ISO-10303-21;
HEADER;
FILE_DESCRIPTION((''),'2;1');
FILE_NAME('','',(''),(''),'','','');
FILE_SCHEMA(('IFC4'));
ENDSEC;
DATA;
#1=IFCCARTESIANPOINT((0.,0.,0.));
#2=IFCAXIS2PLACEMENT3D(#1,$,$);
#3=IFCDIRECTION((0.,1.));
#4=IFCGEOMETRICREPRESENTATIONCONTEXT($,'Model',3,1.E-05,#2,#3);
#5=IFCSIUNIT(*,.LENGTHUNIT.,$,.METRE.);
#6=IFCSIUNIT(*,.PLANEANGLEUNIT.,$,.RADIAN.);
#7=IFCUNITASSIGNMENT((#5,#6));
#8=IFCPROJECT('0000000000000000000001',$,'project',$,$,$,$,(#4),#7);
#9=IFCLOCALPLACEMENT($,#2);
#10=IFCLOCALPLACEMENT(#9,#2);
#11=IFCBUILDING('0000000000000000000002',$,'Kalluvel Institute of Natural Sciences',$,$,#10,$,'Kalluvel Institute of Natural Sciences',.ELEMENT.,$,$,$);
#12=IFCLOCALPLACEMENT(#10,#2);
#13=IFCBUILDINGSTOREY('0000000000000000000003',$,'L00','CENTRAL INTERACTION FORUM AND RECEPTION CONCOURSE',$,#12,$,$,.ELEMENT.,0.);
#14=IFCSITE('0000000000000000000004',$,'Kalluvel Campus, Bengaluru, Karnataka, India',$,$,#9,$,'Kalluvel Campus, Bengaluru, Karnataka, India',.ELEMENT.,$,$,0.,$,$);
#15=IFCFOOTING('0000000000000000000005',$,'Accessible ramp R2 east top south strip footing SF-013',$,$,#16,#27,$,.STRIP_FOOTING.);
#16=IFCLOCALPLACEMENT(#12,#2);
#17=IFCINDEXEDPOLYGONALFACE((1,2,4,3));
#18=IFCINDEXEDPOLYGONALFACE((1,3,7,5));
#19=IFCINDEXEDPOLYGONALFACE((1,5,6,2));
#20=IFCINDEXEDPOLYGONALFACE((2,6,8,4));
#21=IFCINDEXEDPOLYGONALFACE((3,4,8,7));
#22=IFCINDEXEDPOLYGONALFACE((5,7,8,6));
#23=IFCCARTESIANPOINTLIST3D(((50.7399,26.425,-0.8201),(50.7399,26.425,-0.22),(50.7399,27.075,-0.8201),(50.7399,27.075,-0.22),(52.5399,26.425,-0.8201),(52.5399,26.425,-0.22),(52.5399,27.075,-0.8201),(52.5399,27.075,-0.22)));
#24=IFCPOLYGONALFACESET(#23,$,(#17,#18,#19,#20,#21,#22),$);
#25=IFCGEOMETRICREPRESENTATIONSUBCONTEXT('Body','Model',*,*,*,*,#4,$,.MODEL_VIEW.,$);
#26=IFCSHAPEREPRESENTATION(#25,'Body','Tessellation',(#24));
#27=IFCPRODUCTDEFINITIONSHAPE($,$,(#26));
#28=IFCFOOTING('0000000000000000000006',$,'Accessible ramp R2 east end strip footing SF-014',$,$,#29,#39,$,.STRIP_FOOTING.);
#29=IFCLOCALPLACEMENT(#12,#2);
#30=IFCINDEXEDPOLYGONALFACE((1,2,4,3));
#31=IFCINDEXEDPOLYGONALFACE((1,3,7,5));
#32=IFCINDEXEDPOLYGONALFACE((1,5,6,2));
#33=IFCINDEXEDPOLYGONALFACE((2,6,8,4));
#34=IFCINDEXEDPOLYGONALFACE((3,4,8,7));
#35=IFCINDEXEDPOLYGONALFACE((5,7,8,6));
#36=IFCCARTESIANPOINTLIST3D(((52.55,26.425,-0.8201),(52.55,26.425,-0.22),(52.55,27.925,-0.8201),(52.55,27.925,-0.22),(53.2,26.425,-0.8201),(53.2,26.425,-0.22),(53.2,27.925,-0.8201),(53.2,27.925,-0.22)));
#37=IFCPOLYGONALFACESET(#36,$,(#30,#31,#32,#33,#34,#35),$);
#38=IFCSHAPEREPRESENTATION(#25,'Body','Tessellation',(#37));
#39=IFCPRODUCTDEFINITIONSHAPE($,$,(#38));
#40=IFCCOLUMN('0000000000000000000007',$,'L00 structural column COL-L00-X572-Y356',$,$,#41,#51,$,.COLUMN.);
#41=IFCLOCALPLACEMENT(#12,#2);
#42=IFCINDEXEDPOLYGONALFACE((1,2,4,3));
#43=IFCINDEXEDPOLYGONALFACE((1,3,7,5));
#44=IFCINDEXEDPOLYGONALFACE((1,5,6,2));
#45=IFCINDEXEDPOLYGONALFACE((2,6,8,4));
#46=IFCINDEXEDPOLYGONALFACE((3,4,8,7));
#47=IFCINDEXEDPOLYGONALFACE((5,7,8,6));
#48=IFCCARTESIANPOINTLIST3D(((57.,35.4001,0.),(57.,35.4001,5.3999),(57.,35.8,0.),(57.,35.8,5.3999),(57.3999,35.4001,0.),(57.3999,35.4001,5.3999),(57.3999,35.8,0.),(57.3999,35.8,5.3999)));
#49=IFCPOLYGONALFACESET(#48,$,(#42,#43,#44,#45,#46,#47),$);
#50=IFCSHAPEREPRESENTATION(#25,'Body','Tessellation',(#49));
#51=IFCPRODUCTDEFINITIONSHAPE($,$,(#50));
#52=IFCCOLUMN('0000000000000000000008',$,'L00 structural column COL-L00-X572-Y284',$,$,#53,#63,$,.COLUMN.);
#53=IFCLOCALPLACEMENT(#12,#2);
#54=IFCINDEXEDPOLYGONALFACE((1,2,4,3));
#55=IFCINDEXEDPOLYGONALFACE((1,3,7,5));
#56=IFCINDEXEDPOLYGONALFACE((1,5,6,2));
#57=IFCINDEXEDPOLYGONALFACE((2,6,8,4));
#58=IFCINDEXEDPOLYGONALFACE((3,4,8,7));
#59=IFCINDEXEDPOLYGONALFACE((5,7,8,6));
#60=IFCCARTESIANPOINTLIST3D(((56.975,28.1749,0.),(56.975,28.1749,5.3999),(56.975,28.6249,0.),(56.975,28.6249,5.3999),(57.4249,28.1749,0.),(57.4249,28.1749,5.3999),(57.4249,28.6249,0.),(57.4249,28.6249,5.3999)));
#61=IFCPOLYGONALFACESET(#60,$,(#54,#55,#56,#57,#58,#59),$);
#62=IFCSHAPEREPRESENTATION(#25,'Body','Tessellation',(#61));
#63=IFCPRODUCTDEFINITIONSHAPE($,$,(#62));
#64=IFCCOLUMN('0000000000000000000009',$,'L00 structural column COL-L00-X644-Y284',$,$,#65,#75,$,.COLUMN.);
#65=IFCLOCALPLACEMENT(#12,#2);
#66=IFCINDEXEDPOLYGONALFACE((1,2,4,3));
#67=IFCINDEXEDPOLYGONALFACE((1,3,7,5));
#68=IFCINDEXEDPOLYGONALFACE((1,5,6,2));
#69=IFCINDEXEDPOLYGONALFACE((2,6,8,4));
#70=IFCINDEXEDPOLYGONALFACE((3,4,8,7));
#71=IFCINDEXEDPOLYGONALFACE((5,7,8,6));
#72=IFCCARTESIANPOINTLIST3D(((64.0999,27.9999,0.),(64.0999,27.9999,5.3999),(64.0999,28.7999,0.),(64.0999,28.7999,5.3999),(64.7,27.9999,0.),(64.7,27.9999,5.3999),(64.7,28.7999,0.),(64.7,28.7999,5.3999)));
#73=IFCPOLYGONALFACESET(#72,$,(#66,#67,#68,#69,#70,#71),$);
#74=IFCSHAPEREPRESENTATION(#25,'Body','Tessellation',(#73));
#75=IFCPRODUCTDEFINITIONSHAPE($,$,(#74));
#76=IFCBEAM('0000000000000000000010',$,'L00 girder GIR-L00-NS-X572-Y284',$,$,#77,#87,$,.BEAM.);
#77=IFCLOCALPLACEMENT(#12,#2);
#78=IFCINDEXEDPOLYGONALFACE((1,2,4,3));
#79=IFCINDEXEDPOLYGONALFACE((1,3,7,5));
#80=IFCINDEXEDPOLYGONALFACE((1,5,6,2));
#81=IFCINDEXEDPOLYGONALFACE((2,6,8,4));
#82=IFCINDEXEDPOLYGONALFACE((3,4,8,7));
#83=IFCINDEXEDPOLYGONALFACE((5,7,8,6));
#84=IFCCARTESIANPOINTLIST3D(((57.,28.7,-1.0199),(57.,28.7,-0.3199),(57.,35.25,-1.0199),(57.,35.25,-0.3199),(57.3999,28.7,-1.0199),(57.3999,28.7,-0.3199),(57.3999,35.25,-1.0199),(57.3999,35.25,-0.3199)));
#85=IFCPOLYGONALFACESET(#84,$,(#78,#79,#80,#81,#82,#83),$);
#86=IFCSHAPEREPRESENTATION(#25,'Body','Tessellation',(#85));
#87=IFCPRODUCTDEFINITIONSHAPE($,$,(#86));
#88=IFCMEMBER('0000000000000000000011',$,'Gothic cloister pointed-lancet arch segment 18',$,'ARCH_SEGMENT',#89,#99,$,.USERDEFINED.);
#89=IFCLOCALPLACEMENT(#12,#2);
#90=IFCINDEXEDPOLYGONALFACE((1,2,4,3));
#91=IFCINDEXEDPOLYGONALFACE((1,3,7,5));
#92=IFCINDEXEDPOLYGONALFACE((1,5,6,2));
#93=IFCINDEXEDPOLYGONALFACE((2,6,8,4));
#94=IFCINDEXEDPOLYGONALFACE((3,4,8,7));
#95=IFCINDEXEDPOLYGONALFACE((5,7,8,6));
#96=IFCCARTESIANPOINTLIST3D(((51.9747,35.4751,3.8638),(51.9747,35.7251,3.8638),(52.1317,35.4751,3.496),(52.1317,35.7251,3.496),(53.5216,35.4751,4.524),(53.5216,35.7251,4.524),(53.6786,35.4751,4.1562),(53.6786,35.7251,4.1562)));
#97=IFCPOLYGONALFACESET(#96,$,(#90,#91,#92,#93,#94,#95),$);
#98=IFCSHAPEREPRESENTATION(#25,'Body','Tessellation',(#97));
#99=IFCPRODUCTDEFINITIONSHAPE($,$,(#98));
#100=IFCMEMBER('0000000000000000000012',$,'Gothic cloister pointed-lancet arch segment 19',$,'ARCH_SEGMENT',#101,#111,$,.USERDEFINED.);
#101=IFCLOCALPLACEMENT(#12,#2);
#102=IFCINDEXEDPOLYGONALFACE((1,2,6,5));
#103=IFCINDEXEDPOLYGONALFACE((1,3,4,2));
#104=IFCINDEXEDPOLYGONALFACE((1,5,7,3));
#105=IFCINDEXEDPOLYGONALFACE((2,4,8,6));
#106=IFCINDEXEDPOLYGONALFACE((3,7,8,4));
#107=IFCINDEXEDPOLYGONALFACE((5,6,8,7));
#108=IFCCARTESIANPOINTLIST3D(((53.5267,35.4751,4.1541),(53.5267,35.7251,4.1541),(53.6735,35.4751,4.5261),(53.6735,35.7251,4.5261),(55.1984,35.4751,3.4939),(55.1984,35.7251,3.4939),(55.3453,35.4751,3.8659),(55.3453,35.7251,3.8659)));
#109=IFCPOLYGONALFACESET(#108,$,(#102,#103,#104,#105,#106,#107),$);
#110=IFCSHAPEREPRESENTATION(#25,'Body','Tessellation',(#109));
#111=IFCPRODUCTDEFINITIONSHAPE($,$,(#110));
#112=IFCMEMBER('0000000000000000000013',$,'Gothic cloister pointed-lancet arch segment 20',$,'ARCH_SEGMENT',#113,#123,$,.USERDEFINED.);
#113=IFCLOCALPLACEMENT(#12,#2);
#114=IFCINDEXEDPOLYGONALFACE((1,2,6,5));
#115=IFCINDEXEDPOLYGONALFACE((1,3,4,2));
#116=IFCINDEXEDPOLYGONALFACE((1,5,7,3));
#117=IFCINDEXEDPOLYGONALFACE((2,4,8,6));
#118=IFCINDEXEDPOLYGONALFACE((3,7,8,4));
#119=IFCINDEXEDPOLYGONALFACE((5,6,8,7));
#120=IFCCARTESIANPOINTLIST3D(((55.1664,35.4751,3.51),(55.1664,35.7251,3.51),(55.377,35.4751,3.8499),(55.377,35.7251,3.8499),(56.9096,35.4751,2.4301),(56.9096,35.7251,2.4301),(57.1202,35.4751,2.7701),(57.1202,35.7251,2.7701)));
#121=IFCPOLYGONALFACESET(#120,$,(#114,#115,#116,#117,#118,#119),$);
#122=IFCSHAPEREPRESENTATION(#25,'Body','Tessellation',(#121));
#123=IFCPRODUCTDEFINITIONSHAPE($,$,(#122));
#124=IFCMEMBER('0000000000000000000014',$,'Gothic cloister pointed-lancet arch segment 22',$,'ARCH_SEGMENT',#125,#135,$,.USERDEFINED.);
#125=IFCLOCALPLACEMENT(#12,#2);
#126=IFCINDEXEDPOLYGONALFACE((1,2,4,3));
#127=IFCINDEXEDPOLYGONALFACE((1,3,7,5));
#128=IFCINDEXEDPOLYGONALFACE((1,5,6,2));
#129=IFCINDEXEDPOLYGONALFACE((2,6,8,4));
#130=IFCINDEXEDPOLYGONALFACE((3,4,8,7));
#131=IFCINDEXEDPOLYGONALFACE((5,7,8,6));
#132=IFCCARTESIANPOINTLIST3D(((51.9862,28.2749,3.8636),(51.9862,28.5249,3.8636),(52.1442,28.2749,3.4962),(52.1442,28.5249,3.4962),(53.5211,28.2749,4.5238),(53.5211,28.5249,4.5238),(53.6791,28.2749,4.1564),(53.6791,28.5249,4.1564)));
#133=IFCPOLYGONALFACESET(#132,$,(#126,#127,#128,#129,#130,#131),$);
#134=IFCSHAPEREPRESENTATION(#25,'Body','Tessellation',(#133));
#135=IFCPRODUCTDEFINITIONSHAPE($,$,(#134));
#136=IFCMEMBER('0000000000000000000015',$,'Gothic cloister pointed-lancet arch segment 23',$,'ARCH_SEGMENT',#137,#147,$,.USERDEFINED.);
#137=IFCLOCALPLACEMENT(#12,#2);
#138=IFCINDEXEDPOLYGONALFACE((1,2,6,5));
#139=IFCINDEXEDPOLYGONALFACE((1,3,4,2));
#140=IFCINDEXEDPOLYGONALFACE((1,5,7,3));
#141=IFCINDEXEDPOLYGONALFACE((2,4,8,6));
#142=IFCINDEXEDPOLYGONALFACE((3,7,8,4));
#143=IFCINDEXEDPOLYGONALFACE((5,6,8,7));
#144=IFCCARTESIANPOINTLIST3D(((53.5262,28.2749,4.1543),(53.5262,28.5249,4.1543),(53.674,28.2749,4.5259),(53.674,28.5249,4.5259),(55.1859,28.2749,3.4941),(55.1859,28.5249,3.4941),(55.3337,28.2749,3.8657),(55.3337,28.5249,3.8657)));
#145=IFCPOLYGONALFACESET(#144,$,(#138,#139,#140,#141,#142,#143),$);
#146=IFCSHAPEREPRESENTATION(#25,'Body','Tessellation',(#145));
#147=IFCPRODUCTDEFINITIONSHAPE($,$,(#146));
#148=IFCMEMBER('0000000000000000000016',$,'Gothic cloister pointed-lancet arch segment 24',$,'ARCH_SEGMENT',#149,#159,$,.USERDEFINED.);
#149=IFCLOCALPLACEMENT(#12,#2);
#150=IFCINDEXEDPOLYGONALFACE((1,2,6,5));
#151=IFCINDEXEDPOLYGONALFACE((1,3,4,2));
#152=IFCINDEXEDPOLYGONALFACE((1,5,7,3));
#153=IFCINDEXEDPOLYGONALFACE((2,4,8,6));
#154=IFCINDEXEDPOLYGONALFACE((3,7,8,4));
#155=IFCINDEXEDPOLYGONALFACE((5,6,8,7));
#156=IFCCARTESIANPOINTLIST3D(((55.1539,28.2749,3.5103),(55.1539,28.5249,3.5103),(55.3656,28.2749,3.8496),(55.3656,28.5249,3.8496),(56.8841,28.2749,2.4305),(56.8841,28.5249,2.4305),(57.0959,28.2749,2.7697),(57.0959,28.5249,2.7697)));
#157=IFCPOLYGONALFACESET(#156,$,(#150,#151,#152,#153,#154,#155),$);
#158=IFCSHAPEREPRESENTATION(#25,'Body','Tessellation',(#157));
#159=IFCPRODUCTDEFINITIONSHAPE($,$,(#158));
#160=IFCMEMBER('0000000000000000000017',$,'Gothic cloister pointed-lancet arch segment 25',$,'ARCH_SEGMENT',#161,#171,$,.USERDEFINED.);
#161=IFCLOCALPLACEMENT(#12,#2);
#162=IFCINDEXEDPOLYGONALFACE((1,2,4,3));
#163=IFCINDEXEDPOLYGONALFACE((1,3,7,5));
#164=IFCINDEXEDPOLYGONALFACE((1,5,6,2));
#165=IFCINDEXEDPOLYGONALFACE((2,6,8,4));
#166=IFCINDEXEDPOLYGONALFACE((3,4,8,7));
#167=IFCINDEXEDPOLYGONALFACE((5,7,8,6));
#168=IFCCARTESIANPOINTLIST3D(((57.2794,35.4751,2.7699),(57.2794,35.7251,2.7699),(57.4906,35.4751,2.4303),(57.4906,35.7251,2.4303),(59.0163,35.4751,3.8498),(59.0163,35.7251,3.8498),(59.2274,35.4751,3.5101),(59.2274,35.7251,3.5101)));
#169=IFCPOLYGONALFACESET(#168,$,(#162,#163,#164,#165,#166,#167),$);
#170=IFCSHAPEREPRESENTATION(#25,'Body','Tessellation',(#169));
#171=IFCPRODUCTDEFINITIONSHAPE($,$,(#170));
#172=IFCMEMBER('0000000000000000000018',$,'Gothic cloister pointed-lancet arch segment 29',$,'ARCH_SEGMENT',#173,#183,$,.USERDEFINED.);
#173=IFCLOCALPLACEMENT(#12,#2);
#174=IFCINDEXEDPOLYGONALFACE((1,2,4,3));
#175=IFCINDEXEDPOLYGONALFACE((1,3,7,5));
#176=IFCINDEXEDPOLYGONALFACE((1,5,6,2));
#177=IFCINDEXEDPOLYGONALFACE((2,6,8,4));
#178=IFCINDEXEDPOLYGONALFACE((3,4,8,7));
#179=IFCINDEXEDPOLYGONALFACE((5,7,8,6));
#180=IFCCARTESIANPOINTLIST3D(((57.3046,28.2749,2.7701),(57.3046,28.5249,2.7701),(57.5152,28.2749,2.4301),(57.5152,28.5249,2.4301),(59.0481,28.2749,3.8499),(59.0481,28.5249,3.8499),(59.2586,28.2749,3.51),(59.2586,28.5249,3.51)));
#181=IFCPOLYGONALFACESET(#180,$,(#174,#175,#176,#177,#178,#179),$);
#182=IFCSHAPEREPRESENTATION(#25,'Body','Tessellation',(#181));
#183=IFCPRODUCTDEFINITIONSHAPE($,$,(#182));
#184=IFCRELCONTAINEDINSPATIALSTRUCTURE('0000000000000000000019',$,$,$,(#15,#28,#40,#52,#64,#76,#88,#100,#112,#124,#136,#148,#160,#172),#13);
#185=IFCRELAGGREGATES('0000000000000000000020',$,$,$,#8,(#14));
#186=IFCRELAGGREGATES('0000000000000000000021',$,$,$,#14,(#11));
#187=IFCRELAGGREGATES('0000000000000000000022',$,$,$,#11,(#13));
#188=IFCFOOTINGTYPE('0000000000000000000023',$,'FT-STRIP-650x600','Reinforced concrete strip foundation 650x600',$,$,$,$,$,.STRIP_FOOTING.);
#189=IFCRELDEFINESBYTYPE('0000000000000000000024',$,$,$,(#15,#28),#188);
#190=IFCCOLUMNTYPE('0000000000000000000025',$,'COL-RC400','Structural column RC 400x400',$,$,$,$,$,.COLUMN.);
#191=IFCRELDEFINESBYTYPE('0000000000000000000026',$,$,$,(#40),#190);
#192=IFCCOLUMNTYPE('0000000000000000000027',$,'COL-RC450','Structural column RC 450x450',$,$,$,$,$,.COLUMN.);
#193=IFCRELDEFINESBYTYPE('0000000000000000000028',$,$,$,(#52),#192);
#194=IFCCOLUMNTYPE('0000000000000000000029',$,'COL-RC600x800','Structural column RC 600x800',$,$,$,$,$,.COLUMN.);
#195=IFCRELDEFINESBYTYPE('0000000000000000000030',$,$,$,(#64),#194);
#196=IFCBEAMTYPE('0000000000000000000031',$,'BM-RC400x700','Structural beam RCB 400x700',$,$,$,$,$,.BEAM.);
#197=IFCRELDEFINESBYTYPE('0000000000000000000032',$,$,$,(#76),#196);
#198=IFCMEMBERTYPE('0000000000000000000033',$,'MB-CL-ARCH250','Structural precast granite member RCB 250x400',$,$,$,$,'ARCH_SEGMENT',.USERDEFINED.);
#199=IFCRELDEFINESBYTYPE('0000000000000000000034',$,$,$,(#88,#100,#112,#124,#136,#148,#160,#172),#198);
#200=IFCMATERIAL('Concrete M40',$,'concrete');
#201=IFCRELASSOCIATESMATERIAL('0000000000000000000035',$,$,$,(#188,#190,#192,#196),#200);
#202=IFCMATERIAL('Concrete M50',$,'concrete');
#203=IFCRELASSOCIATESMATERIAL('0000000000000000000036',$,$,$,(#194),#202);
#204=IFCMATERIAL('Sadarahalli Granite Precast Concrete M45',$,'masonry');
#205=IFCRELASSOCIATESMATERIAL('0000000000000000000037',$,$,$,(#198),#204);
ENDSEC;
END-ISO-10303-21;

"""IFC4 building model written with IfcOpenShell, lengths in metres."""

from ifc_helpers import new_model, si_unit, direction, frame, origin, origin_2d, place, context, subcontext, project, spatial, rectangle, extrude, material, material_profile, profile_set, type_object, element, save


model = new_model("IFC4")

# Units and contexts
model_context = context("Model", 3, precision=1e-05, world=origin(), true_north=direction((0.0, 1.0)))
body_context = subcontext(model_context, "Body", "Model", "MODEL_VIEW")
ifc_project = project(units=[si_unit("LENGTHUNIT", "METRE"), si_unit("PLANEANGLEUNIT", "RADIAN")], contexts=[model_context])

# Site, building, storey
site_placement = place(None, origin())
site = spatial("IfcSite", under=ifc_project, at=site_placement, Name="Kalluvel Campus, Bengaluru, Karnataka, India", LongName="Kalluvel Campus, Bengaluru, Karnataka, India", CompositionType="ELEMENT", RefElevation=0.0)
building_placement = place(site_placement, origin())
building = spatial("IfcBuilding", under=site, at=building_placement, Name="Kalluvel Institute of Natural Sciences", LongName="Kalluvel Institute of Natural Sciences", CompositionType="ELEMENT")
storey_placement = place(building_placement, origin())
storey = spatial("IfcBuildingStorey", under=building, at=storey_placement, Name="L00", Description="CENTRAL INTERACTION FORUM AND RECEPTION CONCOURSE", CompositionType="ELEMENT", Elevation=0.0)

# Footings
ifc_material_1 = material(Name="Concrete M40", Category="concrete")
footing_type = type_object("IfcFootingType", Name="FT-STRIP-650x600", Description="Reinforced concrete strip foundation 650x600", PredefinedType="STRIP_FOOTING", material=ifc_material_1)
footing_1_placement = place(storey_placement, frame((51.6399, 26.75, -0.8201), z_axis=(0.0, 0.0, 1.0), x_axis=(1.0, 0.0, 0.0)))
element("IfcFooting", 1, at=footing_1_placement, inside=storey, type_object=footing_type, Name="Accessible ramp R2 east top south strip footing SF-013", PredefinedType="STRIP_FOOTING", context=body_context, shape_type="SweptSolid", body=[
    extrude(rectangle(XDim=1.8, YDim=0.6499, at=origin_2d()), origin(), (0.0, 0.0, 1.0), 0.6001),
])
footing_2_placement = place(storey_placement, frame((52.875, 27.175, -0.8201), z_axis=(0.0, 0.0, 1.0), x_axis=(1.0, 0.0, 0.0)))
element("IfcFooting", 2, at=footing_2_placement, inside=storey, type_object=footing_type, Name="Accessible ramp R2 east end strip footing SF-014", PredefinedType="STRIP_FOOTING", context=body_context, shape_type="SweptSolid", body=[
    extrude(rectangle(XDim=0.6499, YDim=1.5, at=origin_2d()), origin(), (0.0, 0.0, 1.0), 0.6001),
])

# Columns
ifc_material_profile_1 = material_profile(ifc_material_1, rectangle(XDim=0.3999, YDim=0.3999, at=origin_2d()), Name="RC 400x400")
ifc_profile_set_1 = profile_set([ifc_material_profile_1], Name="Concrete M40")
column_type_1 = type_object("IfcColumnType", Name="COL-RC400", Description="Structural column RC 400x400", PredefinedType="COLUMN", material=ifc_profile_set_1)
column_1_placement = place(storey_placement, frame((57.2, 35.6001, 0.0), z_axis=(0.0, 0.0, 1.0), x_axis=(1.0, 0.0, 0.0)))
element("IfcColumn", 3, at=column_1_placement, inside=storey, type_object=column_type_1, Name="L00 structural column COL-L00-X572-Y356", PredefinedType="COLUMN", context=body_context, shape_type="SweptSolid", body=[
    extrude(rectangle(XDim=0.3999, YDim=0.3999, at=origin_2d()), origin(), (0.0, 0.0, 1.0), 5.3999),
])
ifc_material_profile_2 = material_profile(ifc_material_1, rectangle(XDim=0.45, YDim=0.45, at=origin_2d()), Name="RC 450x450")
ifc_profile_set_2 = profile_set([ifc_material_profile_2], Name="Concrete M40")
column_type_2 = type_object("IfcColumnType", Name="COL-RC450", Description="Structural column RC 450x450", PredefinedType="COLUMN", material=ifc_profile_set_2)
column_2_placement = place(storey_placement, frame((57.2, 28.3999, 0.0), z_axis=(0.0, 0.0, 1.0), x_axis=(1.0, 0.0, 0.0)))
element("IfcColumn", 4, at=column_2_placement, inside=storey, type_object=column_type_2, Name="L00 structural column COL-L00-X572-Y284", PredefinedType="COLUMN", context=body_context, shape_type="SweptSolid", body=[
    extrude(rectangle(XDim=0.45, YDim=0.45, at=origin_2d()), origin(), (0.0, 0.0, 1.0), 5.3999),
])
ifc_material_2 = material(Name="Concrete M50", Category="concrete")
ifc_material_profile_3 = material_profile(ifc_material_2, rectangle(XDim=0.6001, YDim=0.8, at=origin_2d()), Name="RC 600x800")
ifc_profile_set_3 = profile_set([ifc_material_profile_3], Name="Concrete M50")
column_type_3 = type_object("IfcColumnType", Name="COL-RC600x800", Description="Structural column RC 600x800", PredefinedType="COLUMN", material=ifc_profile_set_3)
column_3_placement = place(storey_placement, frame((64.3999, 28.3999, 0.0), z_axis=(0.0, 0.0, 1.0), x_axis=(1.0, 0.0, 0.0)))
element("IfcColumn", 5, at=column_3_placement, inside=storey, type_object=column_type_3, Name="L00 structural column COL-L00-X644-Y284", PredefinedType="COLUMN", context=body_context, shape_type="SweptSolid", body=[
    extrude(rectangle(XDim=0.6001, YDim=0.8, at=origin_2d()), origin(), (0.0, 0.0, 1.0), 5.3999),
])

# Beam
ifc_material_profile_4 = material_profile(ifc_material_1, rectangle(XDim=0.3999, YDim=0.7, at=origin_2d()), Name="RCB 400x700")
ifc_profile_set_4 = profile_set([ifc_material_profile_4], Name="Concrete M40")
beam_type_1 = type_object("IfcBeamType", Name="BM-RC400x700", Description="Structural beam RCB 400x700", PredefinedType="BEAM", material=ifc_profile_set_4)
beam_1_placement = place(storey_placement, frame((57.2, 28.7, -0.6699), z_axis=(0.0, 1.0, 0.0), x_axis=(-1.0, 0.0, 0.0)))
element("IfcBeam", 6, at=beam_1_placement, inside=storey, type_object=beam_type_1, Name="L00 girder GIR-L00-NS-X572-Y284", PredefinedType="BEAM", context=body_context, shape_type="SweptSolid", body=[
    extrude(rectangle(XDim=0.3999, YDim=0.7, at=origin_2d()), origin(), (0.0, 0.0, 1.0), 6.55),
])

# Members
ifc_material_3 = material(Name="Sadarahalli Granite Precast Concrete M45", Category="masonry")
ifc_material_profile_5 = material_profile(ifc_material_3, rectangle(XDim=0.25, YDim=0.3999, at=origin_2d()), Name="RCB 250x400")
ifc_profile_set_5 = profile_set([ifc_material_profile_5], Name="Sadarahalli Granite Precast Concrete M45")
member_type = type_object("IfcMemberType", Name="MB-CL-ARCH250", Description="Structural precast granite member RCB 250x400", ElementType="ARCH_SEGMENT", PredefinedType="USERDEFINED", material=ifc_profile_set_5)
member_1_placement = place(storey_placement, frame((52.0532, 35.6001, 3.6799), z_axis=(0.919745, 0.0, 0.392517), x_axis=(0.0, 1.0, 0.0)))
element("IfcMember", 7, at=member_1_placement, inside=storey, type_object=member_type, Name="Gothic cloister pointed-lancet arch segment 18", ObjectType="ARCH_SEGMENT", PredefinedType="USERDEFINED", context=body_context, shape_type="SweptSolid", body=[
    extrude(rectangle(XDim=0.25, YDim=0.3999, at=origin_2d()), origin(), (0.0, 0.0, 1.0), 1.6819),
])
member_2_placement = place(storey_placement, frame((53.6001, 35.6001, 4.3401), z_axis=(0.930098, 0.0, -0.367312), x_axis=(0.0, 1.0, 0.0)))
element("IfcMember", 8, at=member_2_placement, inside=storey, type_object=member_type, Name="Gothic cloister pointed-lancet arch segment 19", ObjectType="ARCH_SEGMENT", PredefinedType="USERDEFINED", context=body_context, shape_type="SweptSolid", body=[
    extrude(rectangle(XDim=0.25, YDim=0.3999, at=origin_2d()), origin(), (0.0, 0.0, 1.0), 1.7974),
])
member_3_placement = place(storey_placement, frame((55.2717, 35.6001, 3.6799), z_axis=(0.850105, 0.0, -0.526613), x_axis=(0.0, 1.0, 0.0)))
element("IfcMember", 9, at=member_3_placement, inside=storey, type_object=member_type, Name="Gothic cloister pointed-lancet arch segment 20", ObjectType="ARCH_SEGMENT", PredefinedType="USERDEFINED", context=body_context, shape_type="SweptSolid", body=[
    extrude(rectangle(XDim=0.25, YDim=0.3999, at=origin_2d()), origin(), (0.0, 0.0, 1.0), 2.0505),
])
member_4_placement = place(storey_placement, frame((52.0652, 28.3999, 3.6799), z_axis=(0.918638, 0.0, 0.395101), x_axis=(0.0, 1.0, 0.0)))
element("IfcMember", 10, at=member_4_placement, inside=storey, type_object=member_type, Name="Gothic cloister pointed-lancet arch segment 22", ObjectType="ARCH_SEGMENT", PredefinedType="USERDEFINED", context=body_context, shape_type="SweptSolid", body=[
    extrude(rectangle(XDim=0.25, YDim=0.3999, at=origin_2d()), origin(), (0.0, 0.0, 1.0), 1.6709),
])
member_5_placement = place(storey_placement, frame((53.6001, 28.3999, 4.3401), z_axis=(0.929191, 0.0, -0.369599), x_axis=(0.0, 1.0, 0.0)))
element("IfcMember", 11, at=member_5_placement, inside=storey, type_object=member_type, Name="Gothic cloister pointed-lancet arch segment 23", ObjectType="ARCH_SEGMENT", PredefinedType="USERDEFINED", context=body_context, shape_type="SweptSolid", body=[
    extrude(rectangle(XDim=0.25, YDim=0.3999, at=origin_2d()), origin(), (0.0, 0.0, 1.0), 1.7861),
])
member_6_placement = place(storey_placement, frame((55.2598, 28.3999, 3.6799), z_axis=(0.848341, 0.0, -0.52945), x_axis=(0.0, 1.0, 0.0)))
element("IfcMember", 12, at=member_6_placement, inside=storey, type_object=member_type, Name="Gothic cloister pointed-lancet arch segment 24", ObjectType="ARCH_SEGMENT", PredefinedType="USERDEFINED", context=body_context, shape_type="SweptSolid", body=[
    extrude(rectangle(XDim=0.25, YDim=0.3999, at=origin_2d()), origin(), (0.0, 0.0, 1.0), 2.0396),
])
member_7_placement = place(storey_placement, frame((57.385, 35.6001, 2.6001), z_axis=(0.849243, 0.0, 0.528002), x_axis=(0.0, 1.0, 0.0)))
element("IfcMember", 13, at=member_7_placement, inside=storey, type_object=member_type, Name="Gothic cloister pointed-lancet arch segment 25", ObjectType="ARCH_SEGMENT", PredefinedType="USERDEFINED", context=body_context, shape_type="SweptSolid", body=[
    extrude(rectangle(XDim=0.25, YDim=0.3999, at=origin_2d()), origin(), (0.0, 0.0, 1.0), 2.0452),
])
member_8_placement = place(storey_placement, frame((57.4099, 28.3999, 2.6001), z_axis=(0.850138, 0.0, 0.52656), x_axis=(0.0, 1.0, 0.0)))
element("IfcMember", 14, at=member_8_placement, inside=storey, type_object=member_type, Name="Gothic cloister pointed-lancet arch segment 29", ObjectType="ARCH_SEGMENT", PredefinedType="USERDEFINED", context=body_context, shape_type="SweptSolid", body=[
    extrude(rectangle(XDim=0.25, YDim=0.3999, at=origin_2d()), origin(), (0.0, 0.0, 1.0), 2.0508),
])

save(model, "model.ifc")
